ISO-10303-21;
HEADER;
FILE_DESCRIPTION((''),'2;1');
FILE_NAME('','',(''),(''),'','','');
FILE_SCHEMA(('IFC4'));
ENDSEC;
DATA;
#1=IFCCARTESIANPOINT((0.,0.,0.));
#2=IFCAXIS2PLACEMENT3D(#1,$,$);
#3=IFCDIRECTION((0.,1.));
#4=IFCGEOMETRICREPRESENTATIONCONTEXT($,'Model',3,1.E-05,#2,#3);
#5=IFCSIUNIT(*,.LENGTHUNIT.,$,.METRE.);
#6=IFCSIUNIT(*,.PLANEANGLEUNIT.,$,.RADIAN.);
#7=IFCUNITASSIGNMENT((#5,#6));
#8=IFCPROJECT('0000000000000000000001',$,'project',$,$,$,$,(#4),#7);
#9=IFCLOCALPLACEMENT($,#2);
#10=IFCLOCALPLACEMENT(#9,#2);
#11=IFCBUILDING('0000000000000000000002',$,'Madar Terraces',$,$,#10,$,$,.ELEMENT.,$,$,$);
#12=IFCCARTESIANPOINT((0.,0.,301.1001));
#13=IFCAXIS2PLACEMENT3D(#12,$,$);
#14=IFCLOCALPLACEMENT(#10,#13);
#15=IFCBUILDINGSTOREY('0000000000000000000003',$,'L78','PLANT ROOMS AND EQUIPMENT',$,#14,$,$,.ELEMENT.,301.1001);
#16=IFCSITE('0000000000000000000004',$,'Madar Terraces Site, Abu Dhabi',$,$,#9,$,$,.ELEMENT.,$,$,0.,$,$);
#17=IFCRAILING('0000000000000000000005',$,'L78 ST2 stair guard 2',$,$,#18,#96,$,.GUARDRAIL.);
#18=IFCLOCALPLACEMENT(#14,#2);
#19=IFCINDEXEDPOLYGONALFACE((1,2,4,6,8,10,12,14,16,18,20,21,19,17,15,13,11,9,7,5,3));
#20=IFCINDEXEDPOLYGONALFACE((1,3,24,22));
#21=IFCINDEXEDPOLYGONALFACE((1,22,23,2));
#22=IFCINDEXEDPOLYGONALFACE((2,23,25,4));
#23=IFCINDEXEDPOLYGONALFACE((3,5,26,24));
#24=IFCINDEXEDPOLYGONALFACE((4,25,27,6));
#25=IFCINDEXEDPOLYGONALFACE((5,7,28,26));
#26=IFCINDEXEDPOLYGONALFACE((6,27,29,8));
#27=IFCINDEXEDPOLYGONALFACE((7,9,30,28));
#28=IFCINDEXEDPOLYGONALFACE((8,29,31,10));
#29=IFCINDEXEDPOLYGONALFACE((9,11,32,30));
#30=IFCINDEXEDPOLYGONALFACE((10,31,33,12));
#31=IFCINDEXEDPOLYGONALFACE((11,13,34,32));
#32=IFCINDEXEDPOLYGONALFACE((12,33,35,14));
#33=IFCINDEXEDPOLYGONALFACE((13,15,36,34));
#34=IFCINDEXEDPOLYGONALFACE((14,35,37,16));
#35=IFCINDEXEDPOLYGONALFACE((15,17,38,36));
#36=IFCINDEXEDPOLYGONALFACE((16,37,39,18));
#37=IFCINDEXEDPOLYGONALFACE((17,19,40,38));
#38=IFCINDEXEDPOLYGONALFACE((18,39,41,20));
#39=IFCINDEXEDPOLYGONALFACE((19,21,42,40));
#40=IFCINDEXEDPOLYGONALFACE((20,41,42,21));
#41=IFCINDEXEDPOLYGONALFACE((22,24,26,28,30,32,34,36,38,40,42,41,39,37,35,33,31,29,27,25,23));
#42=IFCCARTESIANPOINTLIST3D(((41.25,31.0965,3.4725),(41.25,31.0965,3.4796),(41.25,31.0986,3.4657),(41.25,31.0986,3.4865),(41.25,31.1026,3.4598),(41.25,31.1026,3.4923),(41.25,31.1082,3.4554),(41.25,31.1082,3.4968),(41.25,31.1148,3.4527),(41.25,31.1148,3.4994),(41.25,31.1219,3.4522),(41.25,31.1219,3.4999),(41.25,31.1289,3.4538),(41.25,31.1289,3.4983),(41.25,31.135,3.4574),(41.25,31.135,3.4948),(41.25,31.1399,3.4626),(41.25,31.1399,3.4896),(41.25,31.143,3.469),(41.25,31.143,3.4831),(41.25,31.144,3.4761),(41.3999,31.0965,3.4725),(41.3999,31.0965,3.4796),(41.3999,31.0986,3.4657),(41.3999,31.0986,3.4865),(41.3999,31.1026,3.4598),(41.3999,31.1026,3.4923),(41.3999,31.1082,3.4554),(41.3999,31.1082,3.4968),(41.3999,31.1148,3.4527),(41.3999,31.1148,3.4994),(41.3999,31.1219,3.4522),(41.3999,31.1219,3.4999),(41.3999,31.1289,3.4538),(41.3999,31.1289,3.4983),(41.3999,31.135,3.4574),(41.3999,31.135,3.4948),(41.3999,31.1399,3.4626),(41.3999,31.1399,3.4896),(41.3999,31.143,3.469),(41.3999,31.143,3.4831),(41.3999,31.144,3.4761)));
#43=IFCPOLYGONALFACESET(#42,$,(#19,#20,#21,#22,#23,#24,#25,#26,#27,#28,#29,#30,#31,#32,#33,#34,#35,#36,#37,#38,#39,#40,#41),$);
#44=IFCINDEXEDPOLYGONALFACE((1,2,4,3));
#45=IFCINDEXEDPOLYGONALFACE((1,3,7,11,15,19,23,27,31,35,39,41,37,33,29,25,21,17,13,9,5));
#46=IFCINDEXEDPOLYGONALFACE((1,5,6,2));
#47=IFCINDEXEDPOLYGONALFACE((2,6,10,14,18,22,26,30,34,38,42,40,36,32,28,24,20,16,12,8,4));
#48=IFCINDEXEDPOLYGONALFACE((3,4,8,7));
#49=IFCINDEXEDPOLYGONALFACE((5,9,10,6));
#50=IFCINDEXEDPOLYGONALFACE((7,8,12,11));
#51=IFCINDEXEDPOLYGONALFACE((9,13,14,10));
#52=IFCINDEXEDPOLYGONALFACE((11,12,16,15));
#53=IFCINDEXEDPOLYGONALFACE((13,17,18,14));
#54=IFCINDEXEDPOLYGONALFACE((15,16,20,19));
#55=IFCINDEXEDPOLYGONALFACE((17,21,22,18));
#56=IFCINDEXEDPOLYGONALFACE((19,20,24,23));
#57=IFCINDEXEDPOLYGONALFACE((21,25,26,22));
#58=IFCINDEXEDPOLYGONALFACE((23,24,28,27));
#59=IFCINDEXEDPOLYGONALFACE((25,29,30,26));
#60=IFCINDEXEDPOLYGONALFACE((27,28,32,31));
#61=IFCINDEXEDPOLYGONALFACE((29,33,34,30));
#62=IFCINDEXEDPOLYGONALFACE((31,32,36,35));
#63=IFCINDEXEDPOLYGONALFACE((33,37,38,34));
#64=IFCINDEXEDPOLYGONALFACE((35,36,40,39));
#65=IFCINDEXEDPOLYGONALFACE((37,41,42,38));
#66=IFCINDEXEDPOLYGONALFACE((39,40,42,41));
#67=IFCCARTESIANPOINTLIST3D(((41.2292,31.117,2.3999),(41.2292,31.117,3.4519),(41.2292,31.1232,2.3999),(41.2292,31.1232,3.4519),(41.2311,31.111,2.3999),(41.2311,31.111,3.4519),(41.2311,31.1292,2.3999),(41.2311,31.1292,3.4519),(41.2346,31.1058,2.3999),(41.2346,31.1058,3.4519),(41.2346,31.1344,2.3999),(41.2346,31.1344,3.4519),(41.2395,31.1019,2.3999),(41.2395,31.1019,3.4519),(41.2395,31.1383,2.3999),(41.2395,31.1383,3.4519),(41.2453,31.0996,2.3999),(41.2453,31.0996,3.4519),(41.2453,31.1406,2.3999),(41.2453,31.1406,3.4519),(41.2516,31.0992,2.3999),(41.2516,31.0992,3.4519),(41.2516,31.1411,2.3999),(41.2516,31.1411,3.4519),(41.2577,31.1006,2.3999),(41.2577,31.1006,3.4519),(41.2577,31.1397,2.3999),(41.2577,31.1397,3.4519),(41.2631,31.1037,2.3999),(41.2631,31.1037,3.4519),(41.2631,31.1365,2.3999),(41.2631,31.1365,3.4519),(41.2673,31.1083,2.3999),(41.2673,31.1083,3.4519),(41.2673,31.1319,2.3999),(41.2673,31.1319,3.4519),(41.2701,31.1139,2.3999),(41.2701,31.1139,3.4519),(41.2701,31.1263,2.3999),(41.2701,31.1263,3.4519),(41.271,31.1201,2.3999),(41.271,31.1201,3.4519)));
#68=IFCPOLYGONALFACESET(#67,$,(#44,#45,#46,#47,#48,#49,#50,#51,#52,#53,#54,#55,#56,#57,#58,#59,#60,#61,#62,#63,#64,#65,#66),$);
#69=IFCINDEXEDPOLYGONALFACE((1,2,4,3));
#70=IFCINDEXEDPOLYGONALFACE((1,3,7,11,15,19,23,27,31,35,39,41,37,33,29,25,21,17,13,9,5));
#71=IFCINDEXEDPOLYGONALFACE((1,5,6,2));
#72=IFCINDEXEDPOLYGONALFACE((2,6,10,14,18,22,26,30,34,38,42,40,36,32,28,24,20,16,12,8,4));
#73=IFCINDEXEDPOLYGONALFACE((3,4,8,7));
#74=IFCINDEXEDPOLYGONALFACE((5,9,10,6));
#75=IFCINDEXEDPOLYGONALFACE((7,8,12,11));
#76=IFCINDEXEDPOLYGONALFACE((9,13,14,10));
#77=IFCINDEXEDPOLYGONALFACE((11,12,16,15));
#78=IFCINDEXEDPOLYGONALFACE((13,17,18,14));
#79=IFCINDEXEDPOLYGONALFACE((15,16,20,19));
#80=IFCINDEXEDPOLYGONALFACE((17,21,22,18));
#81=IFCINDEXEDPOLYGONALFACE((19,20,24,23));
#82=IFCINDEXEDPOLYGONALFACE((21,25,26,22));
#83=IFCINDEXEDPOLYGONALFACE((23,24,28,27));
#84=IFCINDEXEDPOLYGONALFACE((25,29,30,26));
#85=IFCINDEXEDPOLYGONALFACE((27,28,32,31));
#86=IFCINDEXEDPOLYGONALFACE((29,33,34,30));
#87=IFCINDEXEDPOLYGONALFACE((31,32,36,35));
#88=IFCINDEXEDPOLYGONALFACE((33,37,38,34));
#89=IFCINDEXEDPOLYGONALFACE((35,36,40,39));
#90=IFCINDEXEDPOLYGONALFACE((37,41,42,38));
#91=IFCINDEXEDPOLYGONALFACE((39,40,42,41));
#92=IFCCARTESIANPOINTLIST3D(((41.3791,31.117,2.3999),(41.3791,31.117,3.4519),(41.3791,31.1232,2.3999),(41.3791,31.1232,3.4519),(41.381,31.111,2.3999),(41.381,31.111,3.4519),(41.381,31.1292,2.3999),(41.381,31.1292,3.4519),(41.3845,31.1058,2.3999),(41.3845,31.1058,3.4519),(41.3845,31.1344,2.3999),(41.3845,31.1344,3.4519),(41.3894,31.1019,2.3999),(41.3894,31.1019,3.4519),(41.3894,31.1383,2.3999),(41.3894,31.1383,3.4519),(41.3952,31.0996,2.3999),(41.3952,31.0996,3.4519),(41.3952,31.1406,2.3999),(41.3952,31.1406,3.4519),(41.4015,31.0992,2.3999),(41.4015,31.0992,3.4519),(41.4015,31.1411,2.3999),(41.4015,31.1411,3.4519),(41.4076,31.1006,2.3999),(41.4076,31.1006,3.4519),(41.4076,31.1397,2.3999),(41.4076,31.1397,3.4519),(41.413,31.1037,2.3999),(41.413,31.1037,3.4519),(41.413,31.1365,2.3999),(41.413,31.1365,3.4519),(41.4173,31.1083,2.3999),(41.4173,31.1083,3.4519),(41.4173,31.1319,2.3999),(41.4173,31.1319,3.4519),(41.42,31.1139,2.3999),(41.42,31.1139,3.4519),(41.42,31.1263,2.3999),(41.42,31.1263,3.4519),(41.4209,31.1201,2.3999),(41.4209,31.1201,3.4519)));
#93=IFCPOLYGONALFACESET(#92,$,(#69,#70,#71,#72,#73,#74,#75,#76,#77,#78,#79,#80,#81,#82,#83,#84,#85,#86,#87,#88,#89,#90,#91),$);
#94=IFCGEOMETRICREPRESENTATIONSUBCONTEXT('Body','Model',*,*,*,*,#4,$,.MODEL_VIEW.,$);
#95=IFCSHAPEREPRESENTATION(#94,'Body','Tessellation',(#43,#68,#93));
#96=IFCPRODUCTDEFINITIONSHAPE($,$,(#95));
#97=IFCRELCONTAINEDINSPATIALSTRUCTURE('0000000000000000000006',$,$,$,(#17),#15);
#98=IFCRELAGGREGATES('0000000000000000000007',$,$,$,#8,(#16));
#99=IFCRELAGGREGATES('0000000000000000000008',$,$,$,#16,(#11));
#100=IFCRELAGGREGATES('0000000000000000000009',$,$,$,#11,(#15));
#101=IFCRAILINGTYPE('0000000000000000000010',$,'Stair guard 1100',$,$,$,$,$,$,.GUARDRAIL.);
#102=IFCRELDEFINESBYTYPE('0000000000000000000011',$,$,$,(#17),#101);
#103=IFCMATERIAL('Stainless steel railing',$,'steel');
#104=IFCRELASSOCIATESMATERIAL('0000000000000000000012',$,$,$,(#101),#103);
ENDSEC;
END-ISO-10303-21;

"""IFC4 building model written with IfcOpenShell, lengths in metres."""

from ifc_helpers import new_model, si_unit, direction, frame, origin, origin_2d, place, context, subcontext, project, spatial, circle, extrude, material, type_object, element, save


model = new_model("IFC4")

# Units and contexts
model_context = context("Model", 3, precision=1e-05, world=origin(), true_north=direction((0.0, 1.0)))
body_context = subcontext(model_context, "Body", "Model", "MODEL_VIEW")
ifc_project = project(units=[si_unit("LENGTHUNIT", "METRE"), si_unit("PLANEANGLEUNIT", "RADIAN")], contexts=[model_context])

# Site, building, storey
site_placement = place(None, origin())
site = spatial("IfcSite", under=ifc_project, at=site_placement, Name="Madar Terraces Site, Abu Dhabi", CompositionType="ELEMENT", RefElevation=0.0)
building_placement = place(site_placement, origin())
building = spatial("IfcBuilding", under=site, at=building_placement, Name="Madar Terraces", CompositionType="ELEMENT")
storey_placement = place(building_placement, frame((0.0, 0.0, 301.1001)))
storey = spatial("IfcBuildingStorey", under=building, at=storey_placement, Name="L78", Description="PLANT ROOMS AND EQUIPMENT", CompositionType="ELEMENT", Elevation=301.1001)

# Railing
ifc_material_1 = material(Name="Stainless steel railing", Category="steel")
railing_type_1 = type_object("IfcRailingType", Name="Stair guard 1100", PredefinedType="GUARDRAIL", material=ifc_material_1)
railing_1_placement = place(storey_placement, frame((41.25, 31.1201, 2.3999)))
element("IfcRailing", 1, at=railing_1_placement, inside=storey, type_object=railing_type_1, Name="L78 ST2 stair guard 2", PredefinedType="GUARDRAIL", context=body_context, shape_type="SweptSolid", body=[
    extrude(circle(Radius=0.0239, at=origin_2d()), frame((0.0, 0.0, 1.0762), z_axis=(1.0, 0.0, 0.0), x_axis=(0.0, 1.0, 0.0)), (0.0, 0.0, 1.0), 0.1499),
    extrude(circle(Radius=0.021, at=origin_2d()), origin(), (0.0, 0.0, 1.0), 1.052),
    extrude(circle(Radius=0.021, at=origin_2d()), frame((0.1499, 0.0, 0.0)), (0.0, 0.0, 1.0), 1.052),
])

save(model, "model.ifc")
